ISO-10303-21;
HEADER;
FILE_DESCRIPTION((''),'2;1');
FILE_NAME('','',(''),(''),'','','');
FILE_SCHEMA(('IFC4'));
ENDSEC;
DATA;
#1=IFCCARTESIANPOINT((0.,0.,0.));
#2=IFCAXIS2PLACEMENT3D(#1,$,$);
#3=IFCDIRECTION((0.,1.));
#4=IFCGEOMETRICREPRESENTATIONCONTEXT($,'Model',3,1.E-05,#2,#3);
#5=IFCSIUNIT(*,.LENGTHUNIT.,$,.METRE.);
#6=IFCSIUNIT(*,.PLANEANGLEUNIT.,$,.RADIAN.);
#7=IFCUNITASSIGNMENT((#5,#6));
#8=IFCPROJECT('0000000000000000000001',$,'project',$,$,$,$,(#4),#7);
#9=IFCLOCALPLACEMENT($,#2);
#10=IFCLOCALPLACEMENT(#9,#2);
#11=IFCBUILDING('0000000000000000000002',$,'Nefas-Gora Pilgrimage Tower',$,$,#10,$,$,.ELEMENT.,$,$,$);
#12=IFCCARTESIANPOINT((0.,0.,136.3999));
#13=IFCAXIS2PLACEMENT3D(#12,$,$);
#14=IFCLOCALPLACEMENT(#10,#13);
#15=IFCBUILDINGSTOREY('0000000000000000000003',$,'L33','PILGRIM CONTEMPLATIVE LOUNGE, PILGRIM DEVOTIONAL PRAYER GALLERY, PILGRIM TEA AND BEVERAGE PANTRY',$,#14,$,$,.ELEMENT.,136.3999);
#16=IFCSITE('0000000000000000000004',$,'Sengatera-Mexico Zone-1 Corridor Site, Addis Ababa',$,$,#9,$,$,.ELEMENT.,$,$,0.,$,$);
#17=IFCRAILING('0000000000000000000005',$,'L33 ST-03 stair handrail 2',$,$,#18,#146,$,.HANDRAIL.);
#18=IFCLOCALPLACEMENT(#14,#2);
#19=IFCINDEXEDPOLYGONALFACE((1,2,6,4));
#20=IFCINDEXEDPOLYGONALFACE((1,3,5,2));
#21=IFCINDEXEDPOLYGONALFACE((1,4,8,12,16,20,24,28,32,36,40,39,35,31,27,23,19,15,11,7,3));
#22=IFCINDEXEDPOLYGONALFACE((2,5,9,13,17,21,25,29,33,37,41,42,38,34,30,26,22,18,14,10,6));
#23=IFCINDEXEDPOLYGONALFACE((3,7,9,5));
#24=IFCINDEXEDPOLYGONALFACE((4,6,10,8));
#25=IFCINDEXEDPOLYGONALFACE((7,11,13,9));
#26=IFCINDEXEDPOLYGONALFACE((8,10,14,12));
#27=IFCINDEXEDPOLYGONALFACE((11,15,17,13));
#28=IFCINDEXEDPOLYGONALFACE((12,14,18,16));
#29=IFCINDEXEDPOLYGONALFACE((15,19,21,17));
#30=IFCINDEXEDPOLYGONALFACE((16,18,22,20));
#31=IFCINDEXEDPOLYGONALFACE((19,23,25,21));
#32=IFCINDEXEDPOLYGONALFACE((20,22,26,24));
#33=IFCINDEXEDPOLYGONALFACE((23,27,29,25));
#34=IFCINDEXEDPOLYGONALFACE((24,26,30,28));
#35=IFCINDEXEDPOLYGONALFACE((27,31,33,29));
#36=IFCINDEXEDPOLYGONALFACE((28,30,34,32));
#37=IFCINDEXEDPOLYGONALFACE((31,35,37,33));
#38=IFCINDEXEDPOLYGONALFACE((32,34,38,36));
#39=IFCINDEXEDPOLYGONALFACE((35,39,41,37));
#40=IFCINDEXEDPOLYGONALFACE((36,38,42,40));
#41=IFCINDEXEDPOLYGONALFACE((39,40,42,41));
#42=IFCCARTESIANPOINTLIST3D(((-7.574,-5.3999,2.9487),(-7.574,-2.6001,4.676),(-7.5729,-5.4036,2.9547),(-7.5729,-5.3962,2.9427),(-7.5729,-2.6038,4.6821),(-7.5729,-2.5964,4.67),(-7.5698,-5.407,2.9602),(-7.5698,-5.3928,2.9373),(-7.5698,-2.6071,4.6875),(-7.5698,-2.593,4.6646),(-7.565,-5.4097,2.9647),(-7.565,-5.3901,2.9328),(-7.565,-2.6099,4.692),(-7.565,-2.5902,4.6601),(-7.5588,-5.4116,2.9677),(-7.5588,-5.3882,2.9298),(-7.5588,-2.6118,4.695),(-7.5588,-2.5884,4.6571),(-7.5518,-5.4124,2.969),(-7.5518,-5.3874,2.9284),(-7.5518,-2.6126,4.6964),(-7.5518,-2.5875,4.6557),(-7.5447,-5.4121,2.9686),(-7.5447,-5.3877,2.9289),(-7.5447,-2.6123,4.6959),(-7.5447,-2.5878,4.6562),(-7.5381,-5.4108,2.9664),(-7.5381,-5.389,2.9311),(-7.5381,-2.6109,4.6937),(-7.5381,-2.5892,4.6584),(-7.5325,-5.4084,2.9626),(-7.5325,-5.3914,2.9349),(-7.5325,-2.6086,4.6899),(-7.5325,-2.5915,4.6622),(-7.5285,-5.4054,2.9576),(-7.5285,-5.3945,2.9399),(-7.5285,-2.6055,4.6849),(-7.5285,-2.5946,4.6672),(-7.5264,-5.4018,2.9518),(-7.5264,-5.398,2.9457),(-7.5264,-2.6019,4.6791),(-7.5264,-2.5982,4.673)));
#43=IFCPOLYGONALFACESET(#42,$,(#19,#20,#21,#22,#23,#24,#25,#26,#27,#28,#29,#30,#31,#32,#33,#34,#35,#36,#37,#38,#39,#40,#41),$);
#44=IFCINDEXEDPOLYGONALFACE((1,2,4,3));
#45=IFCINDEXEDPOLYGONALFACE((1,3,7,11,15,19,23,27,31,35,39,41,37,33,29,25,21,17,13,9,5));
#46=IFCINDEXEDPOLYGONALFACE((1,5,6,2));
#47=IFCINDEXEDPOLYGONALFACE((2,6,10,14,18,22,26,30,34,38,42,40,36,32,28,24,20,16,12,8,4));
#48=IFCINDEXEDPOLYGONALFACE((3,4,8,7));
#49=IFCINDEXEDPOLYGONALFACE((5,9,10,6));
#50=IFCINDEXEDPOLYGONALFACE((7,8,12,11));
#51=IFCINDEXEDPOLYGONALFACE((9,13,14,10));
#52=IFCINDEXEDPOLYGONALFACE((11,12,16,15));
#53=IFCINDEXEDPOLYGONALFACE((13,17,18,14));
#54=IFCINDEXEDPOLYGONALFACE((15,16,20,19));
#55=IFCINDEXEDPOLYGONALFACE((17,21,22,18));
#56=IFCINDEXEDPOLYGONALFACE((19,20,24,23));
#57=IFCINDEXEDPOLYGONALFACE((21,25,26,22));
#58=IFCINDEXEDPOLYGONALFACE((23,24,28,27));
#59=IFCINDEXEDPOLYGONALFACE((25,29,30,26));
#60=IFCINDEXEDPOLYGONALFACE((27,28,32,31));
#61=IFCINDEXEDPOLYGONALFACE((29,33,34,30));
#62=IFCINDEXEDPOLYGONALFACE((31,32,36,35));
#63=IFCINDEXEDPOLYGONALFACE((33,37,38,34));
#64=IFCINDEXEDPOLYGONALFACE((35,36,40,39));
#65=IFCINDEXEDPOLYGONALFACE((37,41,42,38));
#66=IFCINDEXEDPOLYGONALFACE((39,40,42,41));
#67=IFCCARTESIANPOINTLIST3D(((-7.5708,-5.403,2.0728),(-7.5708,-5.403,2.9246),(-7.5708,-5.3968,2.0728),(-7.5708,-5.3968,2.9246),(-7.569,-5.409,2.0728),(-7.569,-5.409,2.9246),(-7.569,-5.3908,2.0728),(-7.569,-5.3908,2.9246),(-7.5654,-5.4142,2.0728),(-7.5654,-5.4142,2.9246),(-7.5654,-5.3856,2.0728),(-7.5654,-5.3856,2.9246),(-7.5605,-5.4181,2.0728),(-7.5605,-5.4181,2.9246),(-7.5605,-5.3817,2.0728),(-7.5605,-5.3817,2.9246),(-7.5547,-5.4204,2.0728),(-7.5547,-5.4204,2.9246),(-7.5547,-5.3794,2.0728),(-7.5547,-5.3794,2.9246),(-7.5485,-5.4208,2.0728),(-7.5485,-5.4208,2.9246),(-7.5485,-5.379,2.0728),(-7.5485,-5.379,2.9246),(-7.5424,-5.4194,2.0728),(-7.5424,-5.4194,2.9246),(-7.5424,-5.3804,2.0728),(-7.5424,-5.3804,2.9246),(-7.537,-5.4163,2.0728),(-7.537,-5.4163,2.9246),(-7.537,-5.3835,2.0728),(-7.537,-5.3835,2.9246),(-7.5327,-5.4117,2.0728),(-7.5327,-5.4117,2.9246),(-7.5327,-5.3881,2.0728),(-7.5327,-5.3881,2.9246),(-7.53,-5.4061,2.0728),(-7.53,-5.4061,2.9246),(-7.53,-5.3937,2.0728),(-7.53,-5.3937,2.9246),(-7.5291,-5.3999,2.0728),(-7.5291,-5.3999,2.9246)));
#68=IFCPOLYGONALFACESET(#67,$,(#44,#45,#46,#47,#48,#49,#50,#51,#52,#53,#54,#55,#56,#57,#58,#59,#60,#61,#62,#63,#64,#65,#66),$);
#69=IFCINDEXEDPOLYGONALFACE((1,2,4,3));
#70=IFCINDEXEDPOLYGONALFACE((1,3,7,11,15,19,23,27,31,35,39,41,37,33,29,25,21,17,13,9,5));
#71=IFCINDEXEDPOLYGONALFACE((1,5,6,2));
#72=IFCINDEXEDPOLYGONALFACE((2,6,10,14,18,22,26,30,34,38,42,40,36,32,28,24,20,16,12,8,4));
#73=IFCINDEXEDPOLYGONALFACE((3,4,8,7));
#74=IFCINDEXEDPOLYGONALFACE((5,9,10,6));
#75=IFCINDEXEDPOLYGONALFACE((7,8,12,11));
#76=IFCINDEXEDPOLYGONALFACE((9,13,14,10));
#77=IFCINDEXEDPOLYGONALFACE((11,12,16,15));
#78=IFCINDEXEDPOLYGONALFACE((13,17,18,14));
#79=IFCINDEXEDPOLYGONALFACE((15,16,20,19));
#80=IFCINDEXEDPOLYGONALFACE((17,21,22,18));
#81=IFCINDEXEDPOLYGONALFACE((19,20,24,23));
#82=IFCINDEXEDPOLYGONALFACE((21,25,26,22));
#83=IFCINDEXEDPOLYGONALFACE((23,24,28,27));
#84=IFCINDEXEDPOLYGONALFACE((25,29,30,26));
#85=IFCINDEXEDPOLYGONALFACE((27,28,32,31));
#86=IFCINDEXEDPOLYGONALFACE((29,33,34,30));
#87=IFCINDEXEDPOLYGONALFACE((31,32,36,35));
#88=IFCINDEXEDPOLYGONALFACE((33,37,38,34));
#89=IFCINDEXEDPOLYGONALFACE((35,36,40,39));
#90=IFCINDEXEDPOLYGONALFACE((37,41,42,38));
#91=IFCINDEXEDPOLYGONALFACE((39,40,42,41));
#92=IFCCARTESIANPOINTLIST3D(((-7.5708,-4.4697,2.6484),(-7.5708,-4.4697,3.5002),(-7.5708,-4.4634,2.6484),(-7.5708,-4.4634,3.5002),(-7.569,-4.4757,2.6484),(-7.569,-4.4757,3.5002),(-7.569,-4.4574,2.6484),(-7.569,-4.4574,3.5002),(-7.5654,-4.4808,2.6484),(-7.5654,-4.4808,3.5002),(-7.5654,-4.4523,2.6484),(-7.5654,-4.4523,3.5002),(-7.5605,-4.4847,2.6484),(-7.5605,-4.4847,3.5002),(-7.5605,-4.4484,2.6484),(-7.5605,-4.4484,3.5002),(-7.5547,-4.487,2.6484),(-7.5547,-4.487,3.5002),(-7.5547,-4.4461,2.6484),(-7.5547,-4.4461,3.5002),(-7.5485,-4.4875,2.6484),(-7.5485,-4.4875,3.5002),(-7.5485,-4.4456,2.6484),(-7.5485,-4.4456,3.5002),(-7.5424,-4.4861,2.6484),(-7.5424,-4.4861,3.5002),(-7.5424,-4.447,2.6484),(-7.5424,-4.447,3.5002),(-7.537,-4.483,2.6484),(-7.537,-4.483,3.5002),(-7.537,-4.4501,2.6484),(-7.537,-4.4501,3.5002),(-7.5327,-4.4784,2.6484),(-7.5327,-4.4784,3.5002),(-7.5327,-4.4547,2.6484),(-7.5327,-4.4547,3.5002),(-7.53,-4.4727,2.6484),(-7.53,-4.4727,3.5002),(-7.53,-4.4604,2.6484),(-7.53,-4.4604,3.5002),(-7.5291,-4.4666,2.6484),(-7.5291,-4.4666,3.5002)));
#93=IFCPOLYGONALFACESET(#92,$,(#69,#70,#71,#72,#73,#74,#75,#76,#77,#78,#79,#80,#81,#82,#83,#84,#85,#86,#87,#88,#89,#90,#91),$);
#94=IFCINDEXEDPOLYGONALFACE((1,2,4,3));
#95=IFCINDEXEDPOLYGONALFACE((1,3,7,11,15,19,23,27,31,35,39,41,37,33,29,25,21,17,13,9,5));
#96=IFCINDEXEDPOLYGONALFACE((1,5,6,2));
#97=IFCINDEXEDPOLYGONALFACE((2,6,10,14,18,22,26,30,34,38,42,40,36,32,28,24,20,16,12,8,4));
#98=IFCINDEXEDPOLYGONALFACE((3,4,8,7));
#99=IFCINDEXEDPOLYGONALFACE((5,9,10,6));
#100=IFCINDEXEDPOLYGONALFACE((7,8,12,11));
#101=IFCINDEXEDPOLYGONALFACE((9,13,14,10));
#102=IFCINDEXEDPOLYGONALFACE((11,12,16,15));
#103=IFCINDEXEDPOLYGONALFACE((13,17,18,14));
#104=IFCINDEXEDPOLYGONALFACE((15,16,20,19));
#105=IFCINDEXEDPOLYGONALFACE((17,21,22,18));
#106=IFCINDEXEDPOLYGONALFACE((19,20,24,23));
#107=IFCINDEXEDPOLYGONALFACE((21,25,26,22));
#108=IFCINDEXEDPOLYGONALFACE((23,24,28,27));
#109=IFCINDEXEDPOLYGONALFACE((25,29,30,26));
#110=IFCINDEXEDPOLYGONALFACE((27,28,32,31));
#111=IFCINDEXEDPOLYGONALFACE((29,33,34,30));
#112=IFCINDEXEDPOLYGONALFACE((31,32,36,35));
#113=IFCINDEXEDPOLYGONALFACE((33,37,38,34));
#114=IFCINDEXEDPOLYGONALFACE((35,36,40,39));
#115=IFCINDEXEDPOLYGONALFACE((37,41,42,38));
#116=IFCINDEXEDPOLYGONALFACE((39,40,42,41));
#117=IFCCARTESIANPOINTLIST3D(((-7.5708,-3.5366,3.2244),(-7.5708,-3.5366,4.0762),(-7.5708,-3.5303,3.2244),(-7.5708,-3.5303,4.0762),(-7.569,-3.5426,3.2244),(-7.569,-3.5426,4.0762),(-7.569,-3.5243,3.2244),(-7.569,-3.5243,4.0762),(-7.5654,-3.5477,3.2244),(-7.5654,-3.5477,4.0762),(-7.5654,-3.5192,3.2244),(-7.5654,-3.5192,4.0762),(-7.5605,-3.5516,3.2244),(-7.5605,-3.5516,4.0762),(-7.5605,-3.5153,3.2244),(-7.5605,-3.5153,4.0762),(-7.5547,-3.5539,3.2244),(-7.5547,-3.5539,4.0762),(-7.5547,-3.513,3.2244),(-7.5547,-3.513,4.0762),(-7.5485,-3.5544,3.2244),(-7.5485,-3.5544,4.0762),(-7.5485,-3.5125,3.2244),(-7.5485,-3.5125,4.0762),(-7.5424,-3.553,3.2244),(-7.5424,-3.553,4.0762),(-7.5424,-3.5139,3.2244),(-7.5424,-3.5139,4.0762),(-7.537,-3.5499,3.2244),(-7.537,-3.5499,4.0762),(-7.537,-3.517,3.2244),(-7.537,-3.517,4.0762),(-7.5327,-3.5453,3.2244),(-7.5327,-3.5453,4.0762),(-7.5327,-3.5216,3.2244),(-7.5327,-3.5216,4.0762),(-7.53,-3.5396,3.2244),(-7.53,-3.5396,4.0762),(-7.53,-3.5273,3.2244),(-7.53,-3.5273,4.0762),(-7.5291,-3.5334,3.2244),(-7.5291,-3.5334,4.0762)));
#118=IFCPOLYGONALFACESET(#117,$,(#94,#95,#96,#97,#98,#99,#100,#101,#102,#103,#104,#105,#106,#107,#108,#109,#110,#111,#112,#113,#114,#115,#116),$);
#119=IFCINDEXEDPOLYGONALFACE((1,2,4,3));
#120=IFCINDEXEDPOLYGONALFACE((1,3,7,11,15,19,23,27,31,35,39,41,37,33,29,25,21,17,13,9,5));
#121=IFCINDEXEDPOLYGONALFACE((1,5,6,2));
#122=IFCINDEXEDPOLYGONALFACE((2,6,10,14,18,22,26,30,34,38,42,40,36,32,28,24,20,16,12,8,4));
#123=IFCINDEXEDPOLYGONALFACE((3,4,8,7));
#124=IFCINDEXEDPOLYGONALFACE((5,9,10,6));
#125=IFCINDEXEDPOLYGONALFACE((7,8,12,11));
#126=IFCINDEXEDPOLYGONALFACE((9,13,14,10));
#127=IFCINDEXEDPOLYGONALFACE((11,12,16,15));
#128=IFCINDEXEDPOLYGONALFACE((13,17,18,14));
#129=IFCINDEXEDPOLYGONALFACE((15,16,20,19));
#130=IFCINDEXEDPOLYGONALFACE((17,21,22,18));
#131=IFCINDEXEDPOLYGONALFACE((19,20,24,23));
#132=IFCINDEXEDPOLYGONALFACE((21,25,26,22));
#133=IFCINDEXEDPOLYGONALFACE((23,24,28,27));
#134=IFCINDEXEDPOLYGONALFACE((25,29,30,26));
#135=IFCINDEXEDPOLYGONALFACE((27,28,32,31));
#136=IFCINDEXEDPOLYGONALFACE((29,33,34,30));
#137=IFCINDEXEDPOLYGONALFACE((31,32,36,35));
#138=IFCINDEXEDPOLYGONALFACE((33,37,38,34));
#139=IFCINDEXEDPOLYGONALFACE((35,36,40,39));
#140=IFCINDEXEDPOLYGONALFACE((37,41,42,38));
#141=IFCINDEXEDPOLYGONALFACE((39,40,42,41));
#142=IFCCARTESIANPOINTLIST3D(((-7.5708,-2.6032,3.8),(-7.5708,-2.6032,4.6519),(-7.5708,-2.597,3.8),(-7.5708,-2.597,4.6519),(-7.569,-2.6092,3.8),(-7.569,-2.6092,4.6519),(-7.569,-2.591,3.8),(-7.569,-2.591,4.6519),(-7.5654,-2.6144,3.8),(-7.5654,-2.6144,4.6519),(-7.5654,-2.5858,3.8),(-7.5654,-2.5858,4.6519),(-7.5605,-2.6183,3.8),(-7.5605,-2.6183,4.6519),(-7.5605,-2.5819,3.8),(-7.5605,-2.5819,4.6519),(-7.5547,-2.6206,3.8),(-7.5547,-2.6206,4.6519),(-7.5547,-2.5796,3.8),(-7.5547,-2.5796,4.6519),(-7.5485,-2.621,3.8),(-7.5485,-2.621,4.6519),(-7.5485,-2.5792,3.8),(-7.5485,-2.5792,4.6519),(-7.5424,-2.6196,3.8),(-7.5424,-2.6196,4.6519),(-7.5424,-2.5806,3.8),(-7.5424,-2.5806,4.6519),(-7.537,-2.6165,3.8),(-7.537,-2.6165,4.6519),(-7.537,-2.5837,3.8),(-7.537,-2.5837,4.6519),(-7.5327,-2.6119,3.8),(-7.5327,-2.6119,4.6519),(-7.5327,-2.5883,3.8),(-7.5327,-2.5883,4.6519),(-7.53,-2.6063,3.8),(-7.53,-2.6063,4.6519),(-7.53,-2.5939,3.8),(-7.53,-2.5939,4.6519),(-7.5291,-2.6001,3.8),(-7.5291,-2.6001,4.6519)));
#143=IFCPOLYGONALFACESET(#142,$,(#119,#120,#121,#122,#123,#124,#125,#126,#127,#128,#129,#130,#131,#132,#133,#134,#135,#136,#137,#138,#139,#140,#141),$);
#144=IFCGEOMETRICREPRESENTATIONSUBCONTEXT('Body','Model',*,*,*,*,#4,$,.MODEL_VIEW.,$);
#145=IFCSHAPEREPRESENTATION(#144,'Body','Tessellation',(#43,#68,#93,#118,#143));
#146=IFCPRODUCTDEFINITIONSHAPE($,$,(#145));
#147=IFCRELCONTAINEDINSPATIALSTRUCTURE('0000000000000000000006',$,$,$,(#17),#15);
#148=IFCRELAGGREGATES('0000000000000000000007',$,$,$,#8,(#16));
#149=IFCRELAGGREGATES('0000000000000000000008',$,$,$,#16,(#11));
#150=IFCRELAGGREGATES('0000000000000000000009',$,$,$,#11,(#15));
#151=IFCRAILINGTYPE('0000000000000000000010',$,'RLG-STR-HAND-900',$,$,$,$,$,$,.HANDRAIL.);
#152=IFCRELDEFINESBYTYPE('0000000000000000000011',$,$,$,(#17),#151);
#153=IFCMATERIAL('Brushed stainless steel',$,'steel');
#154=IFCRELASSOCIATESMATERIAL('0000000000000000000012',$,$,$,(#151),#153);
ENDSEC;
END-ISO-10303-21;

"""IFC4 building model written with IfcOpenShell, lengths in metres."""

from ifc_helpers import new_model, si_unit, direction, frame, origin, origin_2d, place, context, subcontext, project, spatial, circle, extrude, material, type_object, element, save


model = new_model("IFC4")

# Units and contexts
model_context = context("Model", 3, precision=1e-05, world=origin(), true_north=direction((0.0, 1.0)))
body_context = subcontext(model_context, "Body", "Model", "MODEL_VIEW")
ifc_project = project(units=[si_unit("LENGTHUNIT", "METRE"), si_unit("PLANEANGLEUNIT", "RADIAN")], contexts=[model_context])

# Site, building, storey
site_placement = place(None, origin())
site = spatial("IfcSite", under=ifc_project, at=site_placement, Name="Sengatera-Mexico Zone-1 Corridor Site, Addis Ababa", CompositionType="ELEMENT", RefElevation=0.0)
building_placement = place(site_placement, origin())
building = spatial("IfcBuilding", under=site, at=building_placement, Name="Nefas-Gora Pilgrimage Tower", CompositionType="ELEMENT")
storey_placement = place(building_placement, frame((0.0, 0.0, 136.3999)))
storey = spatial("IfcBuildingStorey", under=building, at=storey_placement, Name="L33", Description="PILGRIM CONTEMPLATIVE LOUNGE, PILGRIM DEVOTIONAL PRAYER GALLERY, PILGRIM TEA AND BEVERAGE PANTRY", CompositionType="ELEMENT", Elevation=136.3999)

# Railing
ifc_material_1 = material(Name="Brushed stainless steel", Category="steel")
railing_type_1 = type_object("IfcRailingType", Name="RLG-STR-HAND-900", PredefinedType="HANDRAIL", material=ifc_material_1)
railing_1_placement = place(storey_placement, frame((-7.55, -5.3999, 2.0728)))
element("IfcRailing", 1, at=railing_1_placement, inside=storey, type_object=railing_type_1, Name="L33 ST-03 stair handrail 2", PredefinedType="HANDRAIL", context=body_context, shape_type="SweptSolid", body=[
    extrude(circle(Radius=0.0239, at=origin_2d()), frame((0.0, 0.0, 0.876), z_axis=(0.0, 0.851069, 0.525054), x_axis=(-1.0, 0.0, 0.0)), (0.0, 0.0, 1.0), 3.2898),
    extrude(circle(Radius=0.021, at=origin_2d()), origin(), (0.0, 0.0, 1.0), 0.8518),
    extrude(circle(Radius=0.021, at=origin_2d()), frame((0.0, 0.9333, 0.5757)), (0.0, 0.0, 1.0), 0.8518),
    extrude(circle(Radius=0.021, at=origin_2d()), frame((0.0, 1.8665, 1.1516)), (0.0, 0.0, 1.0), 0.8518),
    extrude(circle(Radius=0.021, at=origin_2d()), frame((0.0, 2.7998, 1.7273)), (0.0, 0.0, 1.0), 0.8518),
])

save(model, "model.ifc")
